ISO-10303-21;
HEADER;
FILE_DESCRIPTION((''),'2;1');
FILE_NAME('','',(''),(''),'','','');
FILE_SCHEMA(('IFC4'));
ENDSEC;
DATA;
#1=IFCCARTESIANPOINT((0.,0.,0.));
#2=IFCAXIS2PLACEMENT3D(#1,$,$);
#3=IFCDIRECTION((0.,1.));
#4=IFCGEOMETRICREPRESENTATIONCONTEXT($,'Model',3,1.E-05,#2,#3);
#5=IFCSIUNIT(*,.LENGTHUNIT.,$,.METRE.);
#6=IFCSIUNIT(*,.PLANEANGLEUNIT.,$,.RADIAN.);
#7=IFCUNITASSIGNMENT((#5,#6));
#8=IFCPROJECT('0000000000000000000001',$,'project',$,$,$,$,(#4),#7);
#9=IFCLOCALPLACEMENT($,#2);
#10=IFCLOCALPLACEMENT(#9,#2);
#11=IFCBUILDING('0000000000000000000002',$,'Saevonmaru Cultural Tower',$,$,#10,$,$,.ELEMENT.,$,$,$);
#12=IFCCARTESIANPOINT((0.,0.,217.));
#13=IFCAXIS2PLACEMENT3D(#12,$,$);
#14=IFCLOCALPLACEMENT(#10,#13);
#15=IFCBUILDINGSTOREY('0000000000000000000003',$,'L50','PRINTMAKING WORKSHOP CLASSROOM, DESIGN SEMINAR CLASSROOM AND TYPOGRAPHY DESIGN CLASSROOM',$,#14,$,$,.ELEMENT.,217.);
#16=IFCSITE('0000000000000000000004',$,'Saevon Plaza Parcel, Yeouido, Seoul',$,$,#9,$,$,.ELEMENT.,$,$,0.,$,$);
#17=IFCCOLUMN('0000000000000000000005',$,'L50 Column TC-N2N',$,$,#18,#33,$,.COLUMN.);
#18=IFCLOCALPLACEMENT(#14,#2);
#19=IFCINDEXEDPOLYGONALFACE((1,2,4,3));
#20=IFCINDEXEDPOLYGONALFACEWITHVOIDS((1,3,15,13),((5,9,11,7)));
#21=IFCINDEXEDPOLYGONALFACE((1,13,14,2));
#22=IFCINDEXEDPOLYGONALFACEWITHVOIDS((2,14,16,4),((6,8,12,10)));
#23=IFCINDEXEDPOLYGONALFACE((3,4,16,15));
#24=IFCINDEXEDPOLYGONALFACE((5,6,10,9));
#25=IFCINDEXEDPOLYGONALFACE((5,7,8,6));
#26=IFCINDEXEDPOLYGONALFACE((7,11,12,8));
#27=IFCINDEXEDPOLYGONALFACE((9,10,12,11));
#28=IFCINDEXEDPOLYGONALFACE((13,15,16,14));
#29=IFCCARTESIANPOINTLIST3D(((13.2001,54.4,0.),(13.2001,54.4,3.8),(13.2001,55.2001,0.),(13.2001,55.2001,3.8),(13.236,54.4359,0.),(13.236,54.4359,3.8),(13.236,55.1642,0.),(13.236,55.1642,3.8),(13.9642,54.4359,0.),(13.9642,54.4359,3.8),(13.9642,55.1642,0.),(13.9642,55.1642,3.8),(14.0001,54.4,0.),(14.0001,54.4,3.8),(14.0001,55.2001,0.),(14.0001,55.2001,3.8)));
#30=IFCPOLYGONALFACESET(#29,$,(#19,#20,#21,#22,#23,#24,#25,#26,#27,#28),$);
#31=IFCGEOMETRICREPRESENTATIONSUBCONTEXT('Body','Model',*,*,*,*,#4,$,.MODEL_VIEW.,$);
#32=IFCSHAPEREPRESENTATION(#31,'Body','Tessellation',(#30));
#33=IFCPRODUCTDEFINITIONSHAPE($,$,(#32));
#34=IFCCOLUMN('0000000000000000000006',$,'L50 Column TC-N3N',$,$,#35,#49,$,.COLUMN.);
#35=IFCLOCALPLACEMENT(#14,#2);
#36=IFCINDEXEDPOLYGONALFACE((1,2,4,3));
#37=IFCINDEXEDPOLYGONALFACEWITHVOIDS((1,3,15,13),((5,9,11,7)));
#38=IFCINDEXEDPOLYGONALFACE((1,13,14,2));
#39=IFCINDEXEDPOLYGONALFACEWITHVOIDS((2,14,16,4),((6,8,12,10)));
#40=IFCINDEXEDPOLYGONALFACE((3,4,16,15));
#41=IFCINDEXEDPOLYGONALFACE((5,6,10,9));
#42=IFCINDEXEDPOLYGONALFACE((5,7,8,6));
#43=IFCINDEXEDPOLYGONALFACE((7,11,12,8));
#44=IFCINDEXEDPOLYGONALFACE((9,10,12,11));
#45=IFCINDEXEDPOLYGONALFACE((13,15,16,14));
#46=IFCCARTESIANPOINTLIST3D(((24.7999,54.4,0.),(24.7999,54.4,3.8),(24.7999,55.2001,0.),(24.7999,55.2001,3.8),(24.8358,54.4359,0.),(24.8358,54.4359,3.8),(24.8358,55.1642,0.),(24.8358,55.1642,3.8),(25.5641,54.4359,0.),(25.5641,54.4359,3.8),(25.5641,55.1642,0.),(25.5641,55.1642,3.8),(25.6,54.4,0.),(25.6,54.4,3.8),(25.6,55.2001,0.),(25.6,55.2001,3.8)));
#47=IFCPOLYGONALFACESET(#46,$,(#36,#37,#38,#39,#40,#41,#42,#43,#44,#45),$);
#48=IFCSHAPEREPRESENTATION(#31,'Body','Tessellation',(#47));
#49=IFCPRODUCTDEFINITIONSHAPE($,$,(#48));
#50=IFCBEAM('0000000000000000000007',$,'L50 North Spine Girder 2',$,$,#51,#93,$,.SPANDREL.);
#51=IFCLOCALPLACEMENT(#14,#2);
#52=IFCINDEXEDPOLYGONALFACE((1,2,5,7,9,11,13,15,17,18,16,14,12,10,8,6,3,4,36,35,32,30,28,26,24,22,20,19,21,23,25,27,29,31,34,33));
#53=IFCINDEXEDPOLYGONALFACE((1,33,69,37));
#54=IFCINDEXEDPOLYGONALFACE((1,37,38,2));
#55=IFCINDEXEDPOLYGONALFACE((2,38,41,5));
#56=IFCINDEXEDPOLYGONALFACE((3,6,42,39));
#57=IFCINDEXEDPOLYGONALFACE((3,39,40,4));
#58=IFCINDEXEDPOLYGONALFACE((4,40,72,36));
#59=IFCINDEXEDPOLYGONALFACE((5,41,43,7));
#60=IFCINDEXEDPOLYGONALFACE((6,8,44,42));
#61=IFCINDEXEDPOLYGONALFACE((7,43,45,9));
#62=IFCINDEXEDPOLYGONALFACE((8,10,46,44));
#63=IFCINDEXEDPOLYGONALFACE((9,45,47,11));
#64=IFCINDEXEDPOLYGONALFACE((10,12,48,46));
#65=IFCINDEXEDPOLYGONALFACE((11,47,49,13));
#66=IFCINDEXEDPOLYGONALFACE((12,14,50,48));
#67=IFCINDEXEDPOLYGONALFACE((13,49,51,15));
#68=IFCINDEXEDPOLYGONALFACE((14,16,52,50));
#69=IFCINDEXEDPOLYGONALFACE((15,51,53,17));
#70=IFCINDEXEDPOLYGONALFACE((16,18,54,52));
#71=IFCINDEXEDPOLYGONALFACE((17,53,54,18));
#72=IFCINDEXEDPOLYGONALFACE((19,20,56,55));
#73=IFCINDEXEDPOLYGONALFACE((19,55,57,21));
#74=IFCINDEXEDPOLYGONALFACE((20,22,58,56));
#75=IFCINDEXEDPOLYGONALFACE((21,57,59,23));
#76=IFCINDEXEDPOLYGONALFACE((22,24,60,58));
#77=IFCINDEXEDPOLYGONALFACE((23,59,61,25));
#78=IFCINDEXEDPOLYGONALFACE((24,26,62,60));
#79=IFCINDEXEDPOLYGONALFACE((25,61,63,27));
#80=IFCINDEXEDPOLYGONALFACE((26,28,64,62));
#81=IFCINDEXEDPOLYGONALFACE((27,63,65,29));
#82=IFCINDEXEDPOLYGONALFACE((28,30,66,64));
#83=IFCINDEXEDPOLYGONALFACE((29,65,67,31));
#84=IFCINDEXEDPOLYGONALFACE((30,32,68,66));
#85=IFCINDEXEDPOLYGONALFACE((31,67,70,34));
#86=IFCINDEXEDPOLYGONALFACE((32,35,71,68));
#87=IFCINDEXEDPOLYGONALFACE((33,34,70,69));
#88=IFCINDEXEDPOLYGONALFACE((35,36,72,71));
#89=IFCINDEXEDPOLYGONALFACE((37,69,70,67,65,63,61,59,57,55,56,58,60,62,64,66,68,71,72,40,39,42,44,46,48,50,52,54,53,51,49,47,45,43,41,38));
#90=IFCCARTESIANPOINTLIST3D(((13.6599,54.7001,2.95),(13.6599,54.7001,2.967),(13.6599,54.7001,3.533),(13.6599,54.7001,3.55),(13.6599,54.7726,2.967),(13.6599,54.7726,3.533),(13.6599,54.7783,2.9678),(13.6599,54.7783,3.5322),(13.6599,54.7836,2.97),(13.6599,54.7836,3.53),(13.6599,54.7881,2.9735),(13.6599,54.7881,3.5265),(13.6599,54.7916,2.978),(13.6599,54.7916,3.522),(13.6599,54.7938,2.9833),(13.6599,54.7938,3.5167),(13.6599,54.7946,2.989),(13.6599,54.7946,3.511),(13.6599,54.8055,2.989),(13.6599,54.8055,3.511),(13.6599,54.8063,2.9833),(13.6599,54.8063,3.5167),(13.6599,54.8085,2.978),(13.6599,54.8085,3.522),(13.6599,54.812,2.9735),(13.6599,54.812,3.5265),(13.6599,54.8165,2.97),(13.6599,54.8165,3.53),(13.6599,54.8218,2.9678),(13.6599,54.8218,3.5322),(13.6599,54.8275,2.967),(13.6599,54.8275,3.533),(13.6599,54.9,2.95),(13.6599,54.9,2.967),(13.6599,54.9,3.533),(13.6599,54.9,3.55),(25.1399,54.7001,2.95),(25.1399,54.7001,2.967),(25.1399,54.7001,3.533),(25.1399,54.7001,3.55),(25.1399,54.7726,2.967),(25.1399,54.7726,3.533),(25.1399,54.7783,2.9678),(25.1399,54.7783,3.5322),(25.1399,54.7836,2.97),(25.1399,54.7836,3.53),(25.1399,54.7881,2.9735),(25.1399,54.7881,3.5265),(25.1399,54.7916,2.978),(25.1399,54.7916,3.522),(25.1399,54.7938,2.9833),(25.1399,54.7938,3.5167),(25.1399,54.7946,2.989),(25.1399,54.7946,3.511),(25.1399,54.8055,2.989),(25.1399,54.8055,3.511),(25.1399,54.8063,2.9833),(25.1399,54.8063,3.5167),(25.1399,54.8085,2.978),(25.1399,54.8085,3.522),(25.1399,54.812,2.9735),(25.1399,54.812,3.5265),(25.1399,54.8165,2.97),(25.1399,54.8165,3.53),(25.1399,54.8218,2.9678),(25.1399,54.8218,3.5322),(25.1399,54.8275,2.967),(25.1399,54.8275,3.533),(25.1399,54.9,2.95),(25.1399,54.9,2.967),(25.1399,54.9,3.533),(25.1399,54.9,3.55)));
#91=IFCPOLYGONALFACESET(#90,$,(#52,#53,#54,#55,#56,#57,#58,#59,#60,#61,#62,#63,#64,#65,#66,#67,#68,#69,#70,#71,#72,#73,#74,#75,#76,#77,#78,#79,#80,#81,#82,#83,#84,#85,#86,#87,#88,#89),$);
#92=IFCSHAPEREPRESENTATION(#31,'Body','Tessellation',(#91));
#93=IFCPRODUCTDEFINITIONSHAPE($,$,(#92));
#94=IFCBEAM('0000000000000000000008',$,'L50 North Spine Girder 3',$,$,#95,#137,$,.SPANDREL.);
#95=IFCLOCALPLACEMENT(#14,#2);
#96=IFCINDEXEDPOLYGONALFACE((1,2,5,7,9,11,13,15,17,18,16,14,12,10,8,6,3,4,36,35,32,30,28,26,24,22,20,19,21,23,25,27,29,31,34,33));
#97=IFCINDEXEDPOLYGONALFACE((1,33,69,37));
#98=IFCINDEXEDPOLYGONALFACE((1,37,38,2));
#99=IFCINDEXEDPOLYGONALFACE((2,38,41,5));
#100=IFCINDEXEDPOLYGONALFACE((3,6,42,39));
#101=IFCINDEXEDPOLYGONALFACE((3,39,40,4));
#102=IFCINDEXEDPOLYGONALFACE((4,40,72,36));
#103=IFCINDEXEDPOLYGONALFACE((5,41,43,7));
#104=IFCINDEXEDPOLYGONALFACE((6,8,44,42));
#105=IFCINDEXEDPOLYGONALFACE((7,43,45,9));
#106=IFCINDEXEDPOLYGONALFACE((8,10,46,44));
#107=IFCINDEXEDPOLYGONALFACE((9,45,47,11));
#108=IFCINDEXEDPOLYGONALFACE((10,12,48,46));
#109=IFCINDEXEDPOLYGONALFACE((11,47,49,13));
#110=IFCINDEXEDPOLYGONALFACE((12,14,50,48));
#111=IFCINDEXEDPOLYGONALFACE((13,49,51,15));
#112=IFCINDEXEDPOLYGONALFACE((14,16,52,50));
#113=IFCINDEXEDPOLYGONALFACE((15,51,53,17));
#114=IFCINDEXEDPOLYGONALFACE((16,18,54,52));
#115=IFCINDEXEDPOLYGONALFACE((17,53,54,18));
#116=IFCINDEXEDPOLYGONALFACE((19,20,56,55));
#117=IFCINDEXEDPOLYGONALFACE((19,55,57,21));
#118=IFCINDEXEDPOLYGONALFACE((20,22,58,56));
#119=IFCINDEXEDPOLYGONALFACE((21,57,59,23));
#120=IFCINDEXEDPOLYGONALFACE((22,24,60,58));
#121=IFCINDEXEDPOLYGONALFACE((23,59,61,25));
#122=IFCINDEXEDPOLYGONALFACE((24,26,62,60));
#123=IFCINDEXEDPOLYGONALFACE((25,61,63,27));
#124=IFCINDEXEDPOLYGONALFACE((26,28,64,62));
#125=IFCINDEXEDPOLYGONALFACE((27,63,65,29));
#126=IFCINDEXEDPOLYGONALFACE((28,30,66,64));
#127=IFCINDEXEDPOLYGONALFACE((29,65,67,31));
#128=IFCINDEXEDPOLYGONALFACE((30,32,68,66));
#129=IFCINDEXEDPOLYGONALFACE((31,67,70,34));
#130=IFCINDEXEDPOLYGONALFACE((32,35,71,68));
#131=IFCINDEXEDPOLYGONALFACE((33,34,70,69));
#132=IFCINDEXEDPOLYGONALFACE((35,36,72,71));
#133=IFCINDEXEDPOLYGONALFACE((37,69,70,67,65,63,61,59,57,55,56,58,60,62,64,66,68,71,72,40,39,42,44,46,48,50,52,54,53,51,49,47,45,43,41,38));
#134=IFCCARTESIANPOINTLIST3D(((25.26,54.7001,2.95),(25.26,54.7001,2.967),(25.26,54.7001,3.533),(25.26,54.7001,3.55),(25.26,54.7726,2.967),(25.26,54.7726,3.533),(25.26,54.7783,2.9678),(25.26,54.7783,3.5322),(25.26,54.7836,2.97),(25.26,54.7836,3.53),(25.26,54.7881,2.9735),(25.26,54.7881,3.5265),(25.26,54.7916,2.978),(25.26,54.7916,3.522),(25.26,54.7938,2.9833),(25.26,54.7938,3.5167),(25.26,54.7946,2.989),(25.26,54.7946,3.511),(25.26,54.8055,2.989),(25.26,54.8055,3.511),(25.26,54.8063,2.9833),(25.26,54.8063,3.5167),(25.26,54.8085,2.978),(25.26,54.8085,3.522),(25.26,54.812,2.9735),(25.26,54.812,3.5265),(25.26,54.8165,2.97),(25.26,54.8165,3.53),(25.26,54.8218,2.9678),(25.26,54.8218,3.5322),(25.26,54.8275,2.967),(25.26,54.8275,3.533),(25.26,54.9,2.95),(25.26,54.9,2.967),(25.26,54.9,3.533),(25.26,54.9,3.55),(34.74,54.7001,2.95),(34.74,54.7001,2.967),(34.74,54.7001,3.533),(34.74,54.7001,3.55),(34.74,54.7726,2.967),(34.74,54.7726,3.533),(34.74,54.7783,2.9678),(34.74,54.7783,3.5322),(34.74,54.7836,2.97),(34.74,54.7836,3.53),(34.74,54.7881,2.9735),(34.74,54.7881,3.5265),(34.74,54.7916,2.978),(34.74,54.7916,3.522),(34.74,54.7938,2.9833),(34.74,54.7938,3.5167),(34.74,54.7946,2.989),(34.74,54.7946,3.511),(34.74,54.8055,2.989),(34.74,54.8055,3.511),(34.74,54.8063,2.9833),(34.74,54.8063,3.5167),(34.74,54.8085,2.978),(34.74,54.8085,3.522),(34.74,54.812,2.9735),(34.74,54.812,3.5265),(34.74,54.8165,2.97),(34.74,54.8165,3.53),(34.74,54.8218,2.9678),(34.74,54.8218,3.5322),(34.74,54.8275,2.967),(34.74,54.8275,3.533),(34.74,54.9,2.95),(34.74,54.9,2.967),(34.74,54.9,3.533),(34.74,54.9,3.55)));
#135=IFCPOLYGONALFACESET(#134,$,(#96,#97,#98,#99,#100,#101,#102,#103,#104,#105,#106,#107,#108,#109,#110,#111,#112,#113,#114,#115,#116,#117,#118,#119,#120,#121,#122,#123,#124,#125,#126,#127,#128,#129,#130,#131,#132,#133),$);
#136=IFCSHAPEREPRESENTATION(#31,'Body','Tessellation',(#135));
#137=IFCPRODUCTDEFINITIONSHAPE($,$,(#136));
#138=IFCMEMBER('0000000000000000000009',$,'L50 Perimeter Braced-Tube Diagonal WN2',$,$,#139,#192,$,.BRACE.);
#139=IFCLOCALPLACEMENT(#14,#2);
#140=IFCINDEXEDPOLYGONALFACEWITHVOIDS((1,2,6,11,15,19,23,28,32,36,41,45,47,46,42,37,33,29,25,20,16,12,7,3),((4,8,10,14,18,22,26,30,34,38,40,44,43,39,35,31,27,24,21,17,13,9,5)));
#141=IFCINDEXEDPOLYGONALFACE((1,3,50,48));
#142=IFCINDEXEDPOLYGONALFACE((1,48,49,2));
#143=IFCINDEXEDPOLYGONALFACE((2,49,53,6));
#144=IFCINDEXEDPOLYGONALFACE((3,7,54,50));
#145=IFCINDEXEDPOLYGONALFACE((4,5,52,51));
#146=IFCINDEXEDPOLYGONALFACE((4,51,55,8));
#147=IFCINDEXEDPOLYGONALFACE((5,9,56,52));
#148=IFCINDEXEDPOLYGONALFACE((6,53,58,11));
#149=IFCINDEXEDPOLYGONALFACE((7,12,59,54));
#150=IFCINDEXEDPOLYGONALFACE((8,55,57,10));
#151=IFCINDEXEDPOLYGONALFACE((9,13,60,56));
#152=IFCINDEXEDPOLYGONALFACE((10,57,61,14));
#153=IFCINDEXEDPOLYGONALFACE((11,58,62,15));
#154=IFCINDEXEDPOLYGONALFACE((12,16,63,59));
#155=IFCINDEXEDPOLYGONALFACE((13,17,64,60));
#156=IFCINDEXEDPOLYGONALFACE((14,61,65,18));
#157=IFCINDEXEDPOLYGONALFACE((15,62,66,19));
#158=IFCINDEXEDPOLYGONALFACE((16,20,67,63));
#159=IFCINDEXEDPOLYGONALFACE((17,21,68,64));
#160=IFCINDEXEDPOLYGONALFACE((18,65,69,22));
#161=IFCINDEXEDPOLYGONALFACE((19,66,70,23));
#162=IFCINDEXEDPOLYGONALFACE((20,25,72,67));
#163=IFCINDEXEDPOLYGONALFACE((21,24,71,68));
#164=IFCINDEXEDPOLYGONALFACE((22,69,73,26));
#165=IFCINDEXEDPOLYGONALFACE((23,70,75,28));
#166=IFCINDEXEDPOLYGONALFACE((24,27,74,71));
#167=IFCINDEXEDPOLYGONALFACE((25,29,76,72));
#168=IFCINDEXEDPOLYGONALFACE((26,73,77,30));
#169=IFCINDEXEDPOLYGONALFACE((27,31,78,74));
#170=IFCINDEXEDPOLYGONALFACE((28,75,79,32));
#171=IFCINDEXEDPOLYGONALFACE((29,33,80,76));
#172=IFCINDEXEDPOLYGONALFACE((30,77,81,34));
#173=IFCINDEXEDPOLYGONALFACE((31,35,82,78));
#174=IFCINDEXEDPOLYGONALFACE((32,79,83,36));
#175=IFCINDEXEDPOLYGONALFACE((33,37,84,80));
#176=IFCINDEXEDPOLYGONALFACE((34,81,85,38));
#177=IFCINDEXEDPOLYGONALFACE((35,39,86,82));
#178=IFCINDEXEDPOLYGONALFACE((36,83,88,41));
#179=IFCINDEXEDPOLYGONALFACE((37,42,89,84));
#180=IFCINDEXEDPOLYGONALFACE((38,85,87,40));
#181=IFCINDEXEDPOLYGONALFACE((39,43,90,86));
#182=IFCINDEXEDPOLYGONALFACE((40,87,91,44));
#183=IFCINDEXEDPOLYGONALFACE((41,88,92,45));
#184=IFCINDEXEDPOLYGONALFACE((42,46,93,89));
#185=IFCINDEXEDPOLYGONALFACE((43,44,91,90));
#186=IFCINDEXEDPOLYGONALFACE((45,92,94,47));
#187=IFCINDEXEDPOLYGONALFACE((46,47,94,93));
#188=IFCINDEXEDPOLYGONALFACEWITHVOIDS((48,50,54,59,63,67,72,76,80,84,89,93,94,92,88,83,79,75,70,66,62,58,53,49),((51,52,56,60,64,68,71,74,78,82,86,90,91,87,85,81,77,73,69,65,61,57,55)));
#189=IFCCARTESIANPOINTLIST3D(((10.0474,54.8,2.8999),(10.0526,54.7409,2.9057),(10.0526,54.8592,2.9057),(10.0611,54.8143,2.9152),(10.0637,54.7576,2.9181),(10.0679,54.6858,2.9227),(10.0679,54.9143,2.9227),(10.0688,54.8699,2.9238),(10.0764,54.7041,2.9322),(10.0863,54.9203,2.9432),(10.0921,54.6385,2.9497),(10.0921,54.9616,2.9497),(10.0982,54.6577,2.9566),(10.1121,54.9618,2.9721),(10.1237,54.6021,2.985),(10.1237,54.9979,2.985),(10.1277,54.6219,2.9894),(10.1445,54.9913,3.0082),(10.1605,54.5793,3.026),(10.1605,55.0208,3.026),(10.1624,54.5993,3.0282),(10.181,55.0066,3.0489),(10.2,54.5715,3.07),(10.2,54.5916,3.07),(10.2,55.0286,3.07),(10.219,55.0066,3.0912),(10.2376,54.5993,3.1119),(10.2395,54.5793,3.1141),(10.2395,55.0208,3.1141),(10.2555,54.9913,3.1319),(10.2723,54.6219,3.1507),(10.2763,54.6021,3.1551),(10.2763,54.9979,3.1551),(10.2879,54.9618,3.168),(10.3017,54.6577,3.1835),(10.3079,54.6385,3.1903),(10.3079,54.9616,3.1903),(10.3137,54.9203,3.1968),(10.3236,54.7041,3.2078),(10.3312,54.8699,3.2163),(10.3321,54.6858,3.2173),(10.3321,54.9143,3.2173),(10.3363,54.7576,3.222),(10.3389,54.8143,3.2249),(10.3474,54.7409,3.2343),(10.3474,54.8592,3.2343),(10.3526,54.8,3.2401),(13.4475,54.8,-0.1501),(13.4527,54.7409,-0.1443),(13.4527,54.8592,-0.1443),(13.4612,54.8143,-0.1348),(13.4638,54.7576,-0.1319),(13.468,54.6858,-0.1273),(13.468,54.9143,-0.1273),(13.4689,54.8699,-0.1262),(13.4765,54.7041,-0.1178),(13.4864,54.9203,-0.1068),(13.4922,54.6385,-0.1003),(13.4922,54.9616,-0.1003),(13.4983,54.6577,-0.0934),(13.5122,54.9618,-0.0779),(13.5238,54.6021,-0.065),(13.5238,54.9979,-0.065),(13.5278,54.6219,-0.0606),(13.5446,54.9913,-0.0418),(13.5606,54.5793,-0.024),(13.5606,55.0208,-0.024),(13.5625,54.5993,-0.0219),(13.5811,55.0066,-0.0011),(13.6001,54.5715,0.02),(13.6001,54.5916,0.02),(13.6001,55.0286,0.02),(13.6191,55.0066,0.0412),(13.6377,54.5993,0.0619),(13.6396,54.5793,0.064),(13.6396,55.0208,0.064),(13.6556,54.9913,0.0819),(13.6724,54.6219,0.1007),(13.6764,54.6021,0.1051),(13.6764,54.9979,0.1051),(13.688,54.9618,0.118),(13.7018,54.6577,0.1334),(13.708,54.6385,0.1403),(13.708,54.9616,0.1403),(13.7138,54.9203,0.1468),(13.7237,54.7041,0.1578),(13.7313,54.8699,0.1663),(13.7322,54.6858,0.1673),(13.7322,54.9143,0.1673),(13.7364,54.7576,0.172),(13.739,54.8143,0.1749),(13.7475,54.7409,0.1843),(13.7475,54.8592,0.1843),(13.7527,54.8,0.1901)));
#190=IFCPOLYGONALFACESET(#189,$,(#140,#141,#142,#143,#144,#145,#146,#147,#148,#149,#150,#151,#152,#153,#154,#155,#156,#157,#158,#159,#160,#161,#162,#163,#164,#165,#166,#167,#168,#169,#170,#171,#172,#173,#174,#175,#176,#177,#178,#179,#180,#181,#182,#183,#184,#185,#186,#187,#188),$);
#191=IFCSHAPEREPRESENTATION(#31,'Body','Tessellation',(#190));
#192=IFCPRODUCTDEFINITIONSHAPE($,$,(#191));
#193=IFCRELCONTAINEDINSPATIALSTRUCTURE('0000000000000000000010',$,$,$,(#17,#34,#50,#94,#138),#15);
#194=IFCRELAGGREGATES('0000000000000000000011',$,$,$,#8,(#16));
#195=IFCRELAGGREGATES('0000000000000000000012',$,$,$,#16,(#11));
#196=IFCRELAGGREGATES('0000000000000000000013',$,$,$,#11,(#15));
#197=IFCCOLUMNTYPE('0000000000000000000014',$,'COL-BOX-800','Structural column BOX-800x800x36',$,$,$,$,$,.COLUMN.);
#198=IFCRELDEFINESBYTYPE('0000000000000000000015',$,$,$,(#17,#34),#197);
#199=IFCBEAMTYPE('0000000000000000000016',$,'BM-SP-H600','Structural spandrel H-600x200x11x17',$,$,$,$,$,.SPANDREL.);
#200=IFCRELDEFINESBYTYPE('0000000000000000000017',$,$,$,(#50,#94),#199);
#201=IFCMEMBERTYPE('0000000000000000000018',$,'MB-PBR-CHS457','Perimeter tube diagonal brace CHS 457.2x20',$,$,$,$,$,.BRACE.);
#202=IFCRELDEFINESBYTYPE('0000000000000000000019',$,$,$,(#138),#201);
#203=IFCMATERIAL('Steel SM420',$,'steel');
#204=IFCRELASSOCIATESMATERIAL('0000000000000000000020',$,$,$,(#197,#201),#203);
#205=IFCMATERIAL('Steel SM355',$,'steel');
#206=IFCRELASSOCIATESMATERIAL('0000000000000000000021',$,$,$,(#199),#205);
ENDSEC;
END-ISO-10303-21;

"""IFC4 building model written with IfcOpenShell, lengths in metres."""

from ifc_helpers import new_model, si_unit, direction, frame, origin, origin_2d, place, context, subcontext, project, spatial, hollow_rectangle, hollow_circle, i_section, extrude, material, material_profile, profile_set, type_object, element, save


model = new_model("IFC4")

# Units and contexts
model_context = context("Model", 3, precision=1e-05, world=origin(), true_north=direction((0.0, 1.0)))
body_context = subcontext(model_context, "Body", "Model", "MODEL_VIEW")
ifc_project = project(units=[si_unit("LENGTHUNIT", "METRE"), si_unit("PLANEANGLEUNIT", "RADIAN")], contexts=[model_context])

# Site, building, storey
site_placement = place(None, origin())
site = spatial("IfcSite", under=ifc_project, at=site_placement, Name="Saevon Plaza Parcel, Yeouido, Seoul", CompositionType="ELEMENT", RefElevation=0.0)
building_placement = place(site_placement, origin())
building = spatial("IfcBuilding", under=site, at=building_placement, Name="Saevonmaru Cultural Tower", CompositionType="ELEMENT")
storey_placement = place(building_placement, frame((0.0, 0.0, 217.0)))
storey = spatial("IfcBuildingStorey", under=building, at=storey_placement, Name="L50", Description="PRINTMAKING WORKSHOP CLASSROOM, DESIGN SEMINAR CLASSROOM AND TYPOGRAPHY DESIGN CLASSROOM", CompositionType="ELEMENT", Elevation=217.0)

# Columns
ifc_material_1 = material(Name="Steel SM420", Category="steel")
ifc_material_profile_1 = material_profile(ifc_material_1, hollow_rectangle(XDim=0.8, YDim=0.8, WallThickness=0.0359, at=origin_2d()), Name="BOX-800x800x36")
ifc_profile_set_1 = profile_set([ifc_material_profile_1], Name="Steel SM420")
column_type = type_object("IfcColumnType", Name="COL-BOX-800", Description="Structural column BOX-800x800x36", PredefinedType="COLUMN", material=ifc_profile_set_1)
for number, where, z_axis, x_axis, name in (
    (1, (13.6001, 54.8, 0.0), (0.0, 0.0, 1.0), (1.0, 0.0, 0.0), "L50 Column TC-N2N"),
    (2, (25.2, 54.8, 0.0), (0.0, 0.0, 1.0), (1.0, 0.0, 0.0), "L50 Column TC-N3N"),
):
    element("IfcColumn", number, at=place(storey_placement, frame(where, z_axis=z_axis, x_axis=x_axis)), inside=storey, type_object=column_type, Name=name, PredefinedType="COLUMN", context=body_context, shape_type="SweptSolid", body=[
        extrude(hollow_rectangle(XDim=0.8, YDim=0.8, WallThickness=0.0359, at=origin_2d()), origin(), (0.0, 0.0, 1.0), 3.8),
    ])

# Beams
ifc_material_2 = material(Name="Steel SM355", Category="steel")
ifc_material_profile_2 = material_profile(ifc_material_2, i_section(OverallWidth=0.2, OverallDepth=0.6001, WebThickness=0.011, FlangeThickness=0.0171, FilletRadius=0.022, at=origin_2d()), Name="H-600x200x11x17")
ifc_profile_set_2 = profile_set([ifc_material_profile_2], Name="Steel SM355")
beam_type = type_object("IfcBeamType", Name="BM-SP-H600", Description="Structural spandrel H-600x200x11x17", PredefinedType="SPANDREL", material=ifc_profile_set_2)
beam_1_placement = place(storey_placement, frame((13.6599, 54.8, 3.25), z_axis=(1.0, 0.0, 0.0), x_axis=(0.0, 1.0, 0.0)))
element("IfcBeam", 3, at=beam_1_placement, inside=storey, type_object=beam_type, Name="L50 North Spine Girder 2", PredefinedType="SPANDREL", context=body_context, shape_type="SweptSolid", body=[
    extrude(i_section(OverallWidth=0.2, OverallDepth=0.6001, WebThickness=0.011, FlangeThickness=0.0171, FilletRadius=0.022, at=origin_2d()), origin(), (0.0, 0.0, 1.0), 11.48),
])
beam_2_placement = place(storey_placement, frame((25.26, 54.8, 3.25), z_axis=(1.0, 0.0, 0.0), x_axis=(0.0, 1.0, 0.0)))
element("IfcBeam", 4, at=beam_2_placement, inside=storey, type_object=beam_type, Name="L50 North Spine Girder 3", PredefinedType="SPANDREL", context=body_context, shape_type="SweptSolid", body=[
    extrude(i_section(OverallWidth=0.2, OverallDepth=0.6001, WebThickness=0.011, FlangeThickness=0.0171, FilletRadius=0.022, at=origin_2d()), origin(), (0.0, 0.0, 1.0), 9.48),
])

# Member
ifc_material_profile_3 = material_profile(ifc_material_1, hollow_circle(Radius=0.2285, WallThickness=0.02, at=origin_2d()), Name="CHS-457.2x20")
ifc_profile_set_3 = profile_set([ifc_material_profile_3], Name="Steel SM420")
member_type_1 = type_object("IfcMemberType", Name="MB-PBR-CHS457", Description="Perimeter tube diagonal brace CHS 457.2x20", PredefinedType="BRACE", material=ifc_profile_set_3)
member_1_placement = place(storey_placement, frame((13.6001, 54.8, 0.02), z_axis=(-0.744391, 0.0, 0.667744), x_axis=(0.0, -1.0, 0.0)))
element("IfcMember", 5, at=member_1_placement, inside=storey, type_object=member_type_1, Name="L50 Perimeter Braced-Tube Diagonal WN2", PredefinedType="BRACE", context=body_context, shape_type="SweptSolid", body=[
    extrude(hollow_circle(Radius=0.2285, WallThickness=0.02, at=origin_2d()), origin(), (0.0, 0.0, 1.0), 4.5676),
])

save(model, "model.ifc")
